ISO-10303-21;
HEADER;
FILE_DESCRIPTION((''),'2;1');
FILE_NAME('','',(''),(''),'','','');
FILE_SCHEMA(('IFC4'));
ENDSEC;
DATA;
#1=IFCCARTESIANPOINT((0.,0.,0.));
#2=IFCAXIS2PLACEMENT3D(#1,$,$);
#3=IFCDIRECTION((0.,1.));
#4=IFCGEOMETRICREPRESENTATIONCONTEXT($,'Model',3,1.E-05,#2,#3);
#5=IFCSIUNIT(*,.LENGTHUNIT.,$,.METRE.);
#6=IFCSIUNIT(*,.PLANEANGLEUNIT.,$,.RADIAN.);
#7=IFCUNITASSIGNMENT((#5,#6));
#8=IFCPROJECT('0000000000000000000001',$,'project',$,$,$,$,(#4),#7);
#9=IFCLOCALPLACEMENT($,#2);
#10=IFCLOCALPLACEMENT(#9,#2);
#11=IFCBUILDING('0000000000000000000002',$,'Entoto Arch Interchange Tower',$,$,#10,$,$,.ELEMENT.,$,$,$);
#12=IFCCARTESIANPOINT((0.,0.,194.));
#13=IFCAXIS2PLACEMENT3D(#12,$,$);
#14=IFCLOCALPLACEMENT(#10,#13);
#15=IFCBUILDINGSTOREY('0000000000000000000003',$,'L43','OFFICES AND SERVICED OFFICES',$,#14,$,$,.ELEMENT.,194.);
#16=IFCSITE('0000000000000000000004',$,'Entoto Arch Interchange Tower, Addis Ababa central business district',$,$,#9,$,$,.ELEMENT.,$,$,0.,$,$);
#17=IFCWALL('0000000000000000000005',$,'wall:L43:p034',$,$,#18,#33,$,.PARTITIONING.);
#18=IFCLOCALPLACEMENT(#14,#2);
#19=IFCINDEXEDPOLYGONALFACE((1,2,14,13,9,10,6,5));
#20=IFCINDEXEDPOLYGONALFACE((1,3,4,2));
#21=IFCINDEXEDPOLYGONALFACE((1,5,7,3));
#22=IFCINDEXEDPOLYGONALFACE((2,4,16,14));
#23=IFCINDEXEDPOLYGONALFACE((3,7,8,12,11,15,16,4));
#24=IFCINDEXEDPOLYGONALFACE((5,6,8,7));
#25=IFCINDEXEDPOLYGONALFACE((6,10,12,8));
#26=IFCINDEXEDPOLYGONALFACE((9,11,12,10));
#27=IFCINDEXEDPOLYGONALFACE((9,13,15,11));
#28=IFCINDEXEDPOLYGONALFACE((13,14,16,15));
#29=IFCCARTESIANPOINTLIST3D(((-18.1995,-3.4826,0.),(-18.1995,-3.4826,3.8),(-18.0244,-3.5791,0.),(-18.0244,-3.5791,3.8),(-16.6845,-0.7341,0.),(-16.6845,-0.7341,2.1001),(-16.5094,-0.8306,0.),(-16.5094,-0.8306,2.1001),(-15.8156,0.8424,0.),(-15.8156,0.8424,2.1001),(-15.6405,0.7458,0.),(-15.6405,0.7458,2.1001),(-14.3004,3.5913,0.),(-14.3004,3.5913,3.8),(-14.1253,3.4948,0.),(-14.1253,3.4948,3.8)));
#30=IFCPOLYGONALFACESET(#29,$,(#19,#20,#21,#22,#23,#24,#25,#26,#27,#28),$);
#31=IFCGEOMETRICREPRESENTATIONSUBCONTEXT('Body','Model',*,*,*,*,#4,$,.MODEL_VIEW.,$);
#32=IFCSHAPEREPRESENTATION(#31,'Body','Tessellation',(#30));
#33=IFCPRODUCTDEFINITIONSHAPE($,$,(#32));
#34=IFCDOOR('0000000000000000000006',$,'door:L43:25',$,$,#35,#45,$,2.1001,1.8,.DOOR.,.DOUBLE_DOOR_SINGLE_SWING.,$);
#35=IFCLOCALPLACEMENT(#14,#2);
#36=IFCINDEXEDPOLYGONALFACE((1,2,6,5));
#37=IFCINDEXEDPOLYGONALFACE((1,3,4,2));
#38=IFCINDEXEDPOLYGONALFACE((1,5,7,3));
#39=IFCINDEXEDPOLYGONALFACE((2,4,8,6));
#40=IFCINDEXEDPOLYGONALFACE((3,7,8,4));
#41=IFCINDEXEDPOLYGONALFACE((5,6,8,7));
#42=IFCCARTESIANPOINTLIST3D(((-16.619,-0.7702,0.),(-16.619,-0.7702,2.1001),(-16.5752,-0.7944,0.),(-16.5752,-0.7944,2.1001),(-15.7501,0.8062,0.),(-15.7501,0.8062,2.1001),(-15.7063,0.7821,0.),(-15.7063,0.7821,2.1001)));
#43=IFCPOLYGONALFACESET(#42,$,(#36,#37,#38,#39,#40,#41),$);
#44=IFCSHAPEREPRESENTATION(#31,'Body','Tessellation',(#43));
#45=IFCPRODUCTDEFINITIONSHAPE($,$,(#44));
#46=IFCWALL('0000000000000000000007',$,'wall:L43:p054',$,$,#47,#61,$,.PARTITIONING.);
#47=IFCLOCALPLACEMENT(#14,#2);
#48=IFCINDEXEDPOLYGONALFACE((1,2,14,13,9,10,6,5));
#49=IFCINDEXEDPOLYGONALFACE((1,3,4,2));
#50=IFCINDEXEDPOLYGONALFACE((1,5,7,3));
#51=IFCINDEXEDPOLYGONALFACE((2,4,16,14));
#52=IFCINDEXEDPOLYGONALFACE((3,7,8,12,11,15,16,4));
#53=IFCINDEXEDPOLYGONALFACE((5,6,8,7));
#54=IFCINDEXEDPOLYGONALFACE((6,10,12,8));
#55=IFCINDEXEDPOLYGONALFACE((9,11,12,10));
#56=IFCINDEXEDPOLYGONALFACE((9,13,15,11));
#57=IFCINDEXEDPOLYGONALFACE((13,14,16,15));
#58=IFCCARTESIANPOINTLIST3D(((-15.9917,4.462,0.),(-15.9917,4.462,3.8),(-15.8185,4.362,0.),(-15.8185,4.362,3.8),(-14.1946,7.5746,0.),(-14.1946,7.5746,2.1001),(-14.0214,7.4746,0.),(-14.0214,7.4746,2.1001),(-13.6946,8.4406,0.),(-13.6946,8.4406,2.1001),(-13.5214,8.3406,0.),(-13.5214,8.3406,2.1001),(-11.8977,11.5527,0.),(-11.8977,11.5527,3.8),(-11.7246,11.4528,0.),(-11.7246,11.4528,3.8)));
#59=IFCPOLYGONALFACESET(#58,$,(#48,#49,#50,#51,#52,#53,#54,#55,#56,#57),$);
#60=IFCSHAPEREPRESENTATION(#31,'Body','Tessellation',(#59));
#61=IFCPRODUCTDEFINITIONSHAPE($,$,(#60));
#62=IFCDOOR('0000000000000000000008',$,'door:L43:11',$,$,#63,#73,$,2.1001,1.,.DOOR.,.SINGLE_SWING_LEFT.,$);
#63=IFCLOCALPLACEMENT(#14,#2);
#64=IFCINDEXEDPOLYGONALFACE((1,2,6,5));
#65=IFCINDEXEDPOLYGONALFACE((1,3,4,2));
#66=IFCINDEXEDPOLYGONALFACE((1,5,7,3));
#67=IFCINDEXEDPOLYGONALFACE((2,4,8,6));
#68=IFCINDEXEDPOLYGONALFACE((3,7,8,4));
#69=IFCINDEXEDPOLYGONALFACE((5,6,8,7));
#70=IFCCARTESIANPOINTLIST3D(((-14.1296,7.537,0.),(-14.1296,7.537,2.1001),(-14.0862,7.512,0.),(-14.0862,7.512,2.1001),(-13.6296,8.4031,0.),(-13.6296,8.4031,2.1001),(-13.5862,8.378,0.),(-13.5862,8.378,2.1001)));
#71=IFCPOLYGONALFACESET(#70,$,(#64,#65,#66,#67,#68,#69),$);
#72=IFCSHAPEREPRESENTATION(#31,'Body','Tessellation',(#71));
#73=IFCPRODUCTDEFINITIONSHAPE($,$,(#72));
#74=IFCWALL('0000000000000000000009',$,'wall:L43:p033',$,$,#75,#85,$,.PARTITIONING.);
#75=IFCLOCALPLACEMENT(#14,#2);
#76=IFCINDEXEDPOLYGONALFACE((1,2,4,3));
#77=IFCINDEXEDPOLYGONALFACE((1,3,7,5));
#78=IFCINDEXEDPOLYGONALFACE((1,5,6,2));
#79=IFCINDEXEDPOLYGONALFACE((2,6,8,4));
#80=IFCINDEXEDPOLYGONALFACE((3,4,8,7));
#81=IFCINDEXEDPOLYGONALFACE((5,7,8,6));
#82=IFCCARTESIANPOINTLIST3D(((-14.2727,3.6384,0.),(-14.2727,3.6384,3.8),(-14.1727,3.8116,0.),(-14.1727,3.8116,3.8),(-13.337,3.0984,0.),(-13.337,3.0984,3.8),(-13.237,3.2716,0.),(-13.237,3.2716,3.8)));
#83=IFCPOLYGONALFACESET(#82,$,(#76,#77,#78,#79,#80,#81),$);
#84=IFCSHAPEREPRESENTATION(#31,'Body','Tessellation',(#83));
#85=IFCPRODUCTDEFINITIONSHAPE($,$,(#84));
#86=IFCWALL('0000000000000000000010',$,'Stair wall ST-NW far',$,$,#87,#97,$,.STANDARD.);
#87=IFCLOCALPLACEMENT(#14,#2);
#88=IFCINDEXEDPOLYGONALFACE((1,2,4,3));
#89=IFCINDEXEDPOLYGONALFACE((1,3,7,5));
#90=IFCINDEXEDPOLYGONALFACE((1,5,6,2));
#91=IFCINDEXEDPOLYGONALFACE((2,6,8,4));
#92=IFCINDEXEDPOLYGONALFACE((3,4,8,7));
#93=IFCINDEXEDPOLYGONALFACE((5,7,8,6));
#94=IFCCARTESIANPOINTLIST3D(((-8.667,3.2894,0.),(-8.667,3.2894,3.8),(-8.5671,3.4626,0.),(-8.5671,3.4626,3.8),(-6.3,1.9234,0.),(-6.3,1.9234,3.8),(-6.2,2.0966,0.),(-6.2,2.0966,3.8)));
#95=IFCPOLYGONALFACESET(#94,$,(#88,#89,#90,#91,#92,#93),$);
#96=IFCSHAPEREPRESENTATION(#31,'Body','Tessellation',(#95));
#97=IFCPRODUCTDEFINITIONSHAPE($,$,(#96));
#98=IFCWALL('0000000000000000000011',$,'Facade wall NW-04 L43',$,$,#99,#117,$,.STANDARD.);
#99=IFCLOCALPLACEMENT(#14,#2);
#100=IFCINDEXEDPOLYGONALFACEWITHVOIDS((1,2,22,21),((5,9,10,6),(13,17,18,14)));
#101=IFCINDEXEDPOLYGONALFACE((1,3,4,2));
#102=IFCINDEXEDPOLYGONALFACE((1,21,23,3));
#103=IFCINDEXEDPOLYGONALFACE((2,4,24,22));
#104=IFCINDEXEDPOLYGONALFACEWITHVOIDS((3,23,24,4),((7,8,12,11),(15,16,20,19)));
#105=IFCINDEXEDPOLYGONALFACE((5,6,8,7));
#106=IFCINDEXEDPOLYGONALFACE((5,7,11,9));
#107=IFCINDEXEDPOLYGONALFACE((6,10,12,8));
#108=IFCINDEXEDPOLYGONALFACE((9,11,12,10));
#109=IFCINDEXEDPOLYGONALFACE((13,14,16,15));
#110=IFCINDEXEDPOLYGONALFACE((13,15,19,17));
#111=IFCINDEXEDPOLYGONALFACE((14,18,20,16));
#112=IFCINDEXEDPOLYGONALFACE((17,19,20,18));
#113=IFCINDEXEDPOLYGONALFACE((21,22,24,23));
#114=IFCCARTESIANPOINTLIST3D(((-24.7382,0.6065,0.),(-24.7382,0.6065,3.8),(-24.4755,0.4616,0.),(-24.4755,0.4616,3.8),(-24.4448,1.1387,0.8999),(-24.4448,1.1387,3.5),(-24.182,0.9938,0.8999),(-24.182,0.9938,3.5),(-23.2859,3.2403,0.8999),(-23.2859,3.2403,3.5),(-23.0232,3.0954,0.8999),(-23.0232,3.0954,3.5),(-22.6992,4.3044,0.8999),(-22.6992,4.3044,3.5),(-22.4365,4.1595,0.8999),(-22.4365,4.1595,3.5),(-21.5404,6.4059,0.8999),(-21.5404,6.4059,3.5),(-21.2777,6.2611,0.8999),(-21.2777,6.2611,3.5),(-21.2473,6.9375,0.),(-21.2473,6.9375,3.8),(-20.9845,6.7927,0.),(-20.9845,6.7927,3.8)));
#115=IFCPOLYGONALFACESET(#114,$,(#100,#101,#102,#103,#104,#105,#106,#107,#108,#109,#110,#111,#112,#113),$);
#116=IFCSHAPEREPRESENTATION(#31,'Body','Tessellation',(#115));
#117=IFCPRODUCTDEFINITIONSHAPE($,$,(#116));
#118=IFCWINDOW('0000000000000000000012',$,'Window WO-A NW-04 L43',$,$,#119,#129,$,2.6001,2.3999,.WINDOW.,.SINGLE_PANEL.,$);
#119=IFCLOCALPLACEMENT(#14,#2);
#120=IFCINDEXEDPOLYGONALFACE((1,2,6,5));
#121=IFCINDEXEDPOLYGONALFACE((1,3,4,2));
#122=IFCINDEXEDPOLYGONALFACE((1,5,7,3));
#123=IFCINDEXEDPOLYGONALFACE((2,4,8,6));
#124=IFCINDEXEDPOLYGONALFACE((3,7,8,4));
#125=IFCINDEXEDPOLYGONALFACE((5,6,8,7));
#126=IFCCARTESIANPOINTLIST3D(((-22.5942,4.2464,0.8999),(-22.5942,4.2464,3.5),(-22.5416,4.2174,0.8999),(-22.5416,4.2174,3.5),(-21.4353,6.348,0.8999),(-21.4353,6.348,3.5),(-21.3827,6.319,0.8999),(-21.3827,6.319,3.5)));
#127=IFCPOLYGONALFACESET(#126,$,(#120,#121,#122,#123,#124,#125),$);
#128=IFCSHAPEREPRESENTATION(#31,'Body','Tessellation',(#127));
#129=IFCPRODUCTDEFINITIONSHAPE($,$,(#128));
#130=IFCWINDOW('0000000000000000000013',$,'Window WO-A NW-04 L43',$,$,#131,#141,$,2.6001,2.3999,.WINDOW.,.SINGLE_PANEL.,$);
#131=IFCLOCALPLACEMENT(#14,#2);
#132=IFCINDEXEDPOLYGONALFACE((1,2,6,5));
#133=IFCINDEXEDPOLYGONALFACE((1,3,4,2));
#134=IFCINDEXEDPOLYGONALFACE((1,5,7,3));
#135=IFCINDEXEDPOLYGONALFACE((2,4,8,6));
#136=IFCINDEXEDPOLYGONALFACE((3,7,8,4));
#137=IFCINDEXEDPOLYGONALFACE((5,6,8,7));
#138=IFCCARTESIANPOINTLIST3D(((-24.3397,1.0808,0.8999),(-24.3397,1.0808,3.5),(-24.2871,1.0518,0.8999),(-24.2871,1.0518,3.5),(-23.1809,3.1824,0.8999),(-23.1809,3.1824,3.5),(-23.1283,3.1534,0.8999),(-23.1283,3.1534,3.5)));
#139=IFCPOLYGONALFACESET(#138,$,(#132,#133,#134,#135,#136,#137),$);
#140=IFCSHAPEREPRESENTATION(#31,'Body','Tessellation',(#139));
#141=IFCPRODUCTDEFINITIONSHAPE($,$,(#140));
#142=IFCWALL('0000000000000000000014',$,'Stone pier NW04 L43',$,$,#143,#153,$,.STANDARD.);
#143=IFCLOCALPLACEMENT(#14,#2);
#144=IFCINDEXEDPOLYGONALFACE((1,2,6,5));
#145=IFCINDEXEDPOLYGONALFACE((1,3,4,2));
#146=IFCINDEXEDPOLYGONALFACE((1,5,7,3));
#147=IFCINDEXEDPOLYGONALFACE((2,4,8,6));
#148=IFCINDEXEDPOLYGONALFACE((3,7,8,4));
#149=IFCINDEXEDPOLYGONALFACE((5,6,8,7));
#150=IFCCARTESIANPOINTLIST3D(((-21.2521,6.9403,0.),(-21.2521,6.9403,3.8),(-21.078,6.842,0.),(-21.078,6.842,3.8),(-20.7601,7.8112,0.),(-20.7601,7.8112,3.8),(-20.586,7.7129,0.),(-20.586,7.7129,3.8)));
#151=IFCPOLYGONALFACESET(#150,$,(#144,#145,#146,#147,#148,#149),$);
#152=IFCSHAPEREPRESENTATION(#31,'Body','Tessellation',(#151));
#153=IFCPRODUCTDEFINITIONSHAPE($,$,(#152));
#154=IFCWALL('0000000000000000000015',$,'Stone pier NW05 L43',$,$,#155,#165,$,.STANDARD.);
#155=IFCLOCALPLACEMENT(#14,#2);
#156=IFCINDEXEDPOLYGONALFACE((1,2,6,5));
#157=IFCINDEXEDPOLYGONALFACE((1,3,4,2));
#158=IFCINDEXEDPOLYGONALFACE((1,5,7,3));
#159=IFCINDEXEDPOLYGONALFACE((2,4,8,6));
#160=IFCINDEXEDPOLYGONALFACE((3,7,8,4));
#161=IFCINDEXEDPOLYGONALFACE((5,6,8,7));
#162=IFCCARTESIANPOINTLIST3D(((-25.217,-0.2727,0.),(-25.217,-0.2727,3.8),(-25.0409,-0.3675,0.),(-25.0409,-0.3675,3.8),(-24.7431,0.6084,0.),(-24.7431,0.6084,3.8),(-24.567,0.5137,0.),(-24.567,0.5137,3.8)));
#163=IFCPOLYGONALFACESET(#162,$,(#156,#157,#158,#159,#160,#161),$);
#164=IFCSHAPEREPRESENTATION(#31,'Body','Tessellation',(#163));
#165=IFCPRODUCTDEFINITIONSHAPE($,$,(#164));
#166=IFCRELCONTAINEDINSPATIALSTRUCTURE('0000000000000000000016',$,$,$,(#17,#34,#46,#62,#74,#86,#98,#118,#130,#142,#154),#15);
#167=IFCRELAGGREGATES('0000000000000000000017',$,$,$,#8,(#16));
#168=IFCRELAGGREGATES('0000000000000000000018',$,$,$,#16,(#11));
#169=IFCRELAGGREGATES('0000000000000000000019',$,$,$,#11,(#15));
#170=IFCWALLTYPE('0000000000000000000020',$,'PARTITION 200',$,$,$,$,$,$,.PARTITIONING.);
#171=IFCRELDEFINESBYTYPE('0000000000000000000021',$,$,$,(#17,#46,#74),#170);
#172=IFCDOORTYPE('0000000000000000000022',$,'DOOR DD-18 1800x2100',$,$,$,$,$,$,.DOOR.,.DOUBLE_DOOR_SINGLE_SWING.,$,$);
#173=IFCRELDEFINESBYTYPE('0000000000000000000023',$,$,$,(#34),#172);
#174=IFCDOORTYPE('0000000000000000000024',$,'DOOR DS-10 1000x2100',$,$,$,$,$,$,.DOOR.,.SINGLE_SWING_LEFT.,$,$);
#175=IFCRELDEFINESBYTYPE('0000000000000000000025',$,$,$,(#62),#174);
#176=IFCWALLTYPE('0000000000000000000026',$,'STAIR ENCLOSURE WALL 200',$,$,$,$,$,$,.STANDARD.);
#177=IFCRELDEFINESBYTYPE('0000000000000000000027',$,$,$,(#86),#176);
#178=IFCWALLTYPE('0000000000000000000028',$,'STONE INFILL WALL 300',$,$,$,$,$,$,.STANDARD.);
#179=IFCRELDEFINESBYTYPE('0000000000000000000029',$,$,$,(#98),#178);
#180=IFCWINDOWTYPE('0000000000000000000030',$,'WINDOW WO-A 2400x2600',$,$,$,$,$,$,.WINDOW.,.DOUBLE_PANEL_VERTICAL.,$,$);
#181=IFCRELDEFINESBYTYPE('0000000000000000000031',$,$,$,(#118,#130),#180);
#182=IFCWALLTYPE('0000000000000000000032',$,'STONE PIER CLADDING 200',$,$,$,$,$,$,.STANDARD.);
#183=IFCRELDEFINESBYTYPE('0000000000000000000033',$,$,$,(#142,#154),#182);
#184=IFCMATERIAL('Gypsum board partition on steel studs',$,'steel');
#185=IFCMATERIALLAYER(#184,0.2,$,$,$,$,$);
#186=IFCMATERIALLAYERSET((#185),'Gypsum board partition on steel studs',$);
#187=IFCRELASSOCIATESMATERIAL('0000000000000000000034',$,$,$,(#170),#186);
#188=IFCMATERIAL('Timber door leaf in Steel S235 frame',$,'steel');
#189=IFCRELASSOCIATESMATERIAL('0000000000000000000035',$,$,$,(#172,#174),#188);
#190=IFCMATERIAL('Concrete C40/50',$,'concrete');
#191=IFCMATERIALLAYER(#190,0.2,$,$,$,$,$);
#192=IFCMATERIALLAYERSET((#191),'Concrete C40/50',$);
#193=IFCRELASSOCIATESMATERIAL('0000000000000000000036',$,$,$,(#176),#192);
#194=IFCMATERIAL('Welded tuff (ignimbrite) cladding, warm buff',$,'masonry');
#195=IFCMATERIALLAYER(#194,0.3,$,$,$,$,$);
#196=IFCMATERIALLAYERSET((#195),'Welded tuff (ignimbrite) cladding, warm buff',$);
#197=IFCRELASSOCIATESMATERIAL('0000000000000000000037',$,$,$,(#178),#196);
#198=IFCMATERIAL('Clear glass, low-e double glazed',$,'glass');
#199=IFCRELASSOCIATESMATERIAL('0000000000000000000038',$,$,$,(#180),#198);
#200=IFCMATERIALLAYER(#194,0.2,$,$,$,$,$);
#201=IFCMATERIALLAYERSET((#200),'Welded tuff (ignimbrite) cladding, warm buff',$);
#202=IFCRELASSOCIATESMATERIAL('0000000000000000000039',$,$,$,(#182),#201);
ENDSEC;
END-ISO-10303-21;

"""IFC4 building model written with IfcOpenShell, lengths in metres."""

from ifc_helpers import new_model, si_unit, direction, frame, frame_2d, origin, place, context, subcontext, project, spatial, rectangle, extrude, material, layer, layer_set, type_object, element, fill, save


model = new_model("IFC4")

# Units and contexts
model_context = context("Model", 3, precision=1e-05, world=origin(), true_north=direction((0.0, 1.0)))
body_context = subcontext(model_context, "Body", "Model", "MODEL_VIEW")
ifc_project = project(units=[si_unit("LENGTHUNIT", "METRE"), si_unit("PLANEANGLEUNIT", "RADIAN")], contexts=[model_context])

# Site, building, storey
site_placement = place(None, origin())
site = spatial("IfcSite", under=ifc_project, at=site_placement, Name="Entoto Arch Interchange Tower, Addis Ababa central business district", CompositionType="ELEMENT", RefElevation=0.0)
building_placement = place(site_placement, origin())
building = spatial("IfcBuilding", under=site, at=building_placement, Name="Entoto Arch Interchange Tower", CompositionType="ELEMENT")
storey_placement = place(building_placement, frame((0.0, 0.0, 194.0)))
storey = spatial("IfcBuildingStorey", under=building, at=storey_placement, Name="L43", Description="OFFICES AND SERVICED OFFICES", CompositionType="ELEMENT", Elevation=194.0)

# Shared definitions
ifc_material_1 = material(Name="Concrete C40/50", Category="concrete")

# Shared definitions
ifc_material_2 = material(Name="Gypsum board partition on steel studs", Category="steel")
ifc_layer_1 = layer(ifc_material_2, 0.2)
ifc_layer_set_1 = layer_set([ifc_layer_1], Name="Gypsum board partition on steel studs")
wall_type_1 = type_object("IfcWallType", Name="PARTITION 200", PredefinedType="PARTITIONING", material=ifc_layer_set_1)

# Walls, openings, doors
wall_1_placement = place(storey_placement, frame((-14.2129, 3.543, 0.0), z_axis=(0.0, 0.0, 1.0), x_axis=(-0.482725, -0.875772, 0.0)))
wall_1 = element("IfcWall", 1, at=wall_1_placement, inside=storey, type_object=wall_type_1, Name="wall:L43:p034", PredefinedType="PARTITIONING", context=body_context, shape_type="SweptSolid", body=[
    extrude(rectangle(XDim=8.0774, YDim=0.2, at=frame_2d((4.0386, 0.0))), origin(), (0.0, 0.0, 1.0), 3.8),
])
opening_1_placement = place(wall_1_placement, frame((3.1389, 0.0, 0.0)))
opening_1 = element("IfcOpeningElement", 2, at=opening_1_placement, cuts=wall_1, PredefinedType="OPENING", context=body_context, shape_type="SweptSolid", body=[
    extrude(rectangle(XDim=1.8, YDim=2.1001, at=frame_2d((0.8999, 1.05))), frame((0.0, 0.1099, 0.0), z_axis=(0.0, -1.0, 0.0), x_axis=(1.0, 0.0, 0.0)), (0.0, 0.0, 1.0), 0.22),
])
ifc_material_3 = material(Name="Timber door leaf in Steel S235 frame", Category="steel")
door_type_1 = type_object("IfcDoorType", Name="DOOR DD-18 1800x2100", OperationType="DOUBLE_DOOR_SINGLE_SWING", PredefinedType="DOOR", material=ifc_material_3)
door_1_placement = place(opening_1_placement, origin())
door_1 = element("IfcDoor", 3, at=door_1_placement, inside=storey, type_object=door_type_1, Name="door:L43:25", OperationType="DOUBLE_DOOR_SINGLE_SWING", OverallHeight=2.1001, OverallWidth=1.8, PredefinedType="DOOR", context=body_context, shape_type="SweptSolid", body=[
    extrude(rectangle(XDim=1.8, YDim=2.1001, at=frame_2d((0.8999, 1.05))), frame((0.0, 0.0249, 0.0), z_axis=(0.0, -1.0, 0.0), x_axis=(1.0, 0.0, 0.0)), (0.0, 0.0, 1.0), 0.05),
])
fill(opening_1, door_1)
wall_2_placement = place(storey_placement, frame((-15.905, 4.4121, 0.0), z_axis=(0.0, 0.0, 1.0), x_axis=(0.50001, 0.86602, 0.0)))
wall_2 = element("IfcWall", 4, at=wall_2_placement, inside=storey, type_object=wall_type_1, Name="wall:L43:p054", PredefinedType="PARTITIONING", context=body_context, shape_type="SweptSolid", body=[
    extrude(rectangle(XDim=8.1877, YDim=0.2, at=frame_2d((4.0938, 0.0))), origin(), (0.0, 0.0, 1.0), 3.8),
])
opening_2_placement = place(wall_2_placement, frame((3.594, 0.0, 0.0)))
opening_2 = element("IfcOpeningElement", 5, at=opening_2_placement, cuts=wall_2, PredefinedType="OPENING", context=body_context, shape_type="SweptSolid", body=[
    extrude(rectangle(XDim=1.0, YDim=2.1001, at=frame_2d((0.5, 1.05))), frame((0.0, 0.1099, 0.0), z_axis=(0.0, -1.0, 0.0), x_axis=(1.0, 0.0, 0.0)), (0.0, 0.0, 1.0), 0.22),
])
door_type_2 = type_object("IfcDoorType", Name="DOOR DS-10 1000x2100", OperationType="SINGLE_SWING_LEFT", PredefinedType="DOOR", material=ifc_material_3)
door_2_placement = place(opening_2_placement, origin())
door_2 = element("IfcDoor", 6, at=door_2_placement, inside=storey, type_object=door_type_2, Name="door:L43:11", OperationType="SINGLE_SWING_LEFT", OverallHeight=2.1001, OverallWidth=1.0, PredefinedType="DOOR", context=body_context, shape_type="SweptSolid", body=[
    extrude(rectangle(XDim=1.0, YDim=2.1001, at=frame_2d((0.5, 1.05))), frame((0.0, 0.0249, 0.0), z_axis=(0.0, -1.0, 0.0), x_axis=(1.0, 0.0, 0.0)), (0.0, 0.0, 1.0), 0.05),
])
fill(opening_2, door_2)

# Walls
wall_3_placement = place(storey_placement, frame((-13.2871, 3.1851, 0.0), z_axis=(0.0, 0.0, 1.0), x_axis=(-0.866122, 0.499833, 0.0)))
element("IfcWall", 7, at=wall_3_placement, inside=storey, type_object=wall_type_1, Name="wall:L43:p033", PredefinedType="PARTITIONING", context=body_context, shape_type="SweptSolid", body=[
    extrude(rectangle(XDim=1.0803, YDim=0.2, at=frame_2d((0.54, 0.0))), origin(), (0.0, 0.0, 1.0), 3.8),
])
ifc_layer_2 = layer(ifc_material_1, 0.2)
ifc_layer_set_2 = layer_set([ifc_layer_2], Name="Concrete C40/50")
wall_type_2 = type_object("IfcWallType", Name="STAIR ENCLOSURE WALL 200", PredefinedType="STANDARD", material=ifc_layer_set_2)
wall_4_placement = place(storey_placement, frame((-6.25, 2.01, 0.0), z_axis=(0.0, 0.0, 1.0), x_axis=(-0.866119, 0.499838, 0.0)))
element("IfcWall", 8, at=wall_4_placement, inside=storey, type_object=wall_type_2, Name="Stair wall ST-NW far", PredefinedType="STANDARD", context=body_context, shape_type="SweptSolid", body=[
    extrude(rectangle(XDim=2.7329, YDim=0.2, at=frame_2d((1.3665, 0.0))), origin(), (0.0, 0.0, 1.0), 3.8),
])

# Wall, openings, windows
ifc_material_4 = material(Name="Welded tuff (ignimbrite) cladding, warm buff", Category="masonry")
ifc_layer_3 = layer(ifc_material_4, 0.3)
ifc_layer_set_3 = layer_set([ifc_layer_3], Name="Welded tuff (ignimbrite) cladding, warm buff")
wall_type_3 = type_object("IfcWallType", Name="STONE INFILL WALL 300", PredefinedType="STANDARD", material=ifc_layer_set_3)
wall_5_placement = place(storey_placement, frame((-21.116, 6.865, 0.0), z_axis=(0.0, 0.0, 1.0), x_axis=(-0.482862, -0.875696, 0.0)))
wall_5 = element("IfcWall", 9, at=wall_5_placement, inside=storey, type_object=wall_type_3, Name="Facade wall NW-04 L43", PredefinedType="STANDARD", context=body_context, shape_type="SweptSolid", body=[
    extrude(rectangle(XDim=7.2297, YDim=0.3, at=frame_2d((3.6147, 0.0))), origin(), (0.0, 0.0, 1.0), 3.8),
])
opening_3_placement = place(wall_5_placement, frame((0.6069, 0.0, 0.8999)))
opening_3 = element("IfcOpeningElement", 10, at=opening_3_placement, cuts=wall_5, PredefinedType="OPENING", context=body_context, shape_type="SweptSolid", body=[
    extrude(rectangle(XDim=2.3999, YDim=2.6001, at=frame_2d((1.2, 1.3))), frame((0.0, 0.1602, 0.0), z_axis=(0.0, -1.0, 0.0), x_axis=(1.0, 0.0, 0.0)), (0.0, 0.0, 1.0), 0.3201),
])
opening_4_placement = place(wall_5_placement, frame((4.2219, 0.0, 0.8999)))
opening_4 = element("IfcOpeningElement", 11, at=opening_4_placement, cuts=wall_5, PredefinedType="OPENING", context=body_context, shape_type="SweptSolid", body=[
    extrude(rectangle(XDim=2.3999, YDim=2.6001, at=frame_2d((1.2, 1.3))), frame((0.0, 0.1602, 0.0), z_axis=(0.0, -1.0, 0.0), x_axis=(1.0, 0.0, 0.0)), (0.0, 0.0, 1.0), 0.3201),
])
ifc_material_5 = material(Name="Clear glass, low-e double glazed", Category="glass")
window_type = type_object("IfcWindowType", Name="WINDOW WO-A 2400x2600", PartitioningType="DOUBLE_PANEL_VERTICAL", PredefinedType="WINDOW", material=ifc_material_5)
window_1_placement = place(opening_3_placement, origin())
window_1 = element("IfcWindow", 12, at=window_1_placement, inside=storey, type_object=window_type, Name="Window WO-A NW-04 L43", OverallHeight=2.6001, OverallWidth=2.3999, PartitioningType="SINGLE_PANEL", PredefinedType="WINDOW", context=body_context, shape_type="SweptSolid", body=[
    extrude(rectangle(XDim=2.3999, YDim=2.6001, at=frame_2d((1.2, 1.3))), frame((0.0, 0.03, 0.0), z_axis=(0.0, -1.0, 0.0), x_axis=(1.0, 0.0, 0.0)), (0.0, 0.0, 1.0), 0.0601),
])
fill(opening_3, window_1)
window_2_placement = place(opening_4_placement, origin())
window_2 = element("IfcWindow", 13, at=window_2_placement, inside=storey, type_object=window_type, Name="Window WO-A NW-04 L43", OverallHeight=2.6001, OverallWidth=2.3999, PartitioningType="SINGLE_PANEL", PredefinedType="WINDOW", context=body_context, shape_type="SweptSolid", body=[
    extrude(rectangle(XDim=2.3999, YDim=2.6001, at=frame_2d((1.2, 1.3))), frame((0.0, 0.03, 0.0), z_axis=(0.0, -1.0, 0.0), x_axis=(1.0, 0.0, 0.0)), (0.0, 0.0, 1.0), 0.0601),
])
fill(opening_4, window_2)

# Walls
ifc_layer_4 = layer(ifc_material_4, 0.2)
ifc_layer_set_4 = layer_set([ifc_layer_4], Name="Welded tuff (ignimbrite) cladding, warm buff")
wall_type_4 = type_object("IfcWallType", Name="STONE PIER CLADDING 200", PredefinedType="STANDARD", material=ifc_layer_set_4)
wall_6_placement = place(storey_placement, frame((-20.6731, 7.762, 0.0), z_axis=(0.0, 0.0, 1.0), x_axis=(-0.491848, -0.870681, 0.0)))
element("IfcWall", 14, at=wall_6_placement, inside=storey, type_object=wall_type_4, Name="Stone pier NW04 L43", PredefinedType="STANDARD", context=body_context, shape_type="SweptSolid", body=[
    extrude(rectangle(XDim=1.0002, YDim=0.2, at=frame_2d((0.5, 0.0))), origin(), (0.0, 0.0, 1.0), 3.8),
])
wall_7_placement = place(storey_placement, frame((-24.655, 0.561, 0.0), z_axis=(0.0, 0.0, 1.0), x_axis=(-0.473663, -0.880706, 0.0)))
element("IfcWall", 15, at=wall_7_placement, inside=storey, type_object=wall_type_4, Name="Stone pier NW05 L43", PredefinedType="STANDARD", context=body_context, shape_type="SweptSolid", body=[
    extrude(rectangle(XDim=1.0005, YDim=0.2, at=frame_2d((0.5002, 0.0))), origin(), (0.0, 0.0, 1.0), 3.8),
])

save(model, "model.ifc")
